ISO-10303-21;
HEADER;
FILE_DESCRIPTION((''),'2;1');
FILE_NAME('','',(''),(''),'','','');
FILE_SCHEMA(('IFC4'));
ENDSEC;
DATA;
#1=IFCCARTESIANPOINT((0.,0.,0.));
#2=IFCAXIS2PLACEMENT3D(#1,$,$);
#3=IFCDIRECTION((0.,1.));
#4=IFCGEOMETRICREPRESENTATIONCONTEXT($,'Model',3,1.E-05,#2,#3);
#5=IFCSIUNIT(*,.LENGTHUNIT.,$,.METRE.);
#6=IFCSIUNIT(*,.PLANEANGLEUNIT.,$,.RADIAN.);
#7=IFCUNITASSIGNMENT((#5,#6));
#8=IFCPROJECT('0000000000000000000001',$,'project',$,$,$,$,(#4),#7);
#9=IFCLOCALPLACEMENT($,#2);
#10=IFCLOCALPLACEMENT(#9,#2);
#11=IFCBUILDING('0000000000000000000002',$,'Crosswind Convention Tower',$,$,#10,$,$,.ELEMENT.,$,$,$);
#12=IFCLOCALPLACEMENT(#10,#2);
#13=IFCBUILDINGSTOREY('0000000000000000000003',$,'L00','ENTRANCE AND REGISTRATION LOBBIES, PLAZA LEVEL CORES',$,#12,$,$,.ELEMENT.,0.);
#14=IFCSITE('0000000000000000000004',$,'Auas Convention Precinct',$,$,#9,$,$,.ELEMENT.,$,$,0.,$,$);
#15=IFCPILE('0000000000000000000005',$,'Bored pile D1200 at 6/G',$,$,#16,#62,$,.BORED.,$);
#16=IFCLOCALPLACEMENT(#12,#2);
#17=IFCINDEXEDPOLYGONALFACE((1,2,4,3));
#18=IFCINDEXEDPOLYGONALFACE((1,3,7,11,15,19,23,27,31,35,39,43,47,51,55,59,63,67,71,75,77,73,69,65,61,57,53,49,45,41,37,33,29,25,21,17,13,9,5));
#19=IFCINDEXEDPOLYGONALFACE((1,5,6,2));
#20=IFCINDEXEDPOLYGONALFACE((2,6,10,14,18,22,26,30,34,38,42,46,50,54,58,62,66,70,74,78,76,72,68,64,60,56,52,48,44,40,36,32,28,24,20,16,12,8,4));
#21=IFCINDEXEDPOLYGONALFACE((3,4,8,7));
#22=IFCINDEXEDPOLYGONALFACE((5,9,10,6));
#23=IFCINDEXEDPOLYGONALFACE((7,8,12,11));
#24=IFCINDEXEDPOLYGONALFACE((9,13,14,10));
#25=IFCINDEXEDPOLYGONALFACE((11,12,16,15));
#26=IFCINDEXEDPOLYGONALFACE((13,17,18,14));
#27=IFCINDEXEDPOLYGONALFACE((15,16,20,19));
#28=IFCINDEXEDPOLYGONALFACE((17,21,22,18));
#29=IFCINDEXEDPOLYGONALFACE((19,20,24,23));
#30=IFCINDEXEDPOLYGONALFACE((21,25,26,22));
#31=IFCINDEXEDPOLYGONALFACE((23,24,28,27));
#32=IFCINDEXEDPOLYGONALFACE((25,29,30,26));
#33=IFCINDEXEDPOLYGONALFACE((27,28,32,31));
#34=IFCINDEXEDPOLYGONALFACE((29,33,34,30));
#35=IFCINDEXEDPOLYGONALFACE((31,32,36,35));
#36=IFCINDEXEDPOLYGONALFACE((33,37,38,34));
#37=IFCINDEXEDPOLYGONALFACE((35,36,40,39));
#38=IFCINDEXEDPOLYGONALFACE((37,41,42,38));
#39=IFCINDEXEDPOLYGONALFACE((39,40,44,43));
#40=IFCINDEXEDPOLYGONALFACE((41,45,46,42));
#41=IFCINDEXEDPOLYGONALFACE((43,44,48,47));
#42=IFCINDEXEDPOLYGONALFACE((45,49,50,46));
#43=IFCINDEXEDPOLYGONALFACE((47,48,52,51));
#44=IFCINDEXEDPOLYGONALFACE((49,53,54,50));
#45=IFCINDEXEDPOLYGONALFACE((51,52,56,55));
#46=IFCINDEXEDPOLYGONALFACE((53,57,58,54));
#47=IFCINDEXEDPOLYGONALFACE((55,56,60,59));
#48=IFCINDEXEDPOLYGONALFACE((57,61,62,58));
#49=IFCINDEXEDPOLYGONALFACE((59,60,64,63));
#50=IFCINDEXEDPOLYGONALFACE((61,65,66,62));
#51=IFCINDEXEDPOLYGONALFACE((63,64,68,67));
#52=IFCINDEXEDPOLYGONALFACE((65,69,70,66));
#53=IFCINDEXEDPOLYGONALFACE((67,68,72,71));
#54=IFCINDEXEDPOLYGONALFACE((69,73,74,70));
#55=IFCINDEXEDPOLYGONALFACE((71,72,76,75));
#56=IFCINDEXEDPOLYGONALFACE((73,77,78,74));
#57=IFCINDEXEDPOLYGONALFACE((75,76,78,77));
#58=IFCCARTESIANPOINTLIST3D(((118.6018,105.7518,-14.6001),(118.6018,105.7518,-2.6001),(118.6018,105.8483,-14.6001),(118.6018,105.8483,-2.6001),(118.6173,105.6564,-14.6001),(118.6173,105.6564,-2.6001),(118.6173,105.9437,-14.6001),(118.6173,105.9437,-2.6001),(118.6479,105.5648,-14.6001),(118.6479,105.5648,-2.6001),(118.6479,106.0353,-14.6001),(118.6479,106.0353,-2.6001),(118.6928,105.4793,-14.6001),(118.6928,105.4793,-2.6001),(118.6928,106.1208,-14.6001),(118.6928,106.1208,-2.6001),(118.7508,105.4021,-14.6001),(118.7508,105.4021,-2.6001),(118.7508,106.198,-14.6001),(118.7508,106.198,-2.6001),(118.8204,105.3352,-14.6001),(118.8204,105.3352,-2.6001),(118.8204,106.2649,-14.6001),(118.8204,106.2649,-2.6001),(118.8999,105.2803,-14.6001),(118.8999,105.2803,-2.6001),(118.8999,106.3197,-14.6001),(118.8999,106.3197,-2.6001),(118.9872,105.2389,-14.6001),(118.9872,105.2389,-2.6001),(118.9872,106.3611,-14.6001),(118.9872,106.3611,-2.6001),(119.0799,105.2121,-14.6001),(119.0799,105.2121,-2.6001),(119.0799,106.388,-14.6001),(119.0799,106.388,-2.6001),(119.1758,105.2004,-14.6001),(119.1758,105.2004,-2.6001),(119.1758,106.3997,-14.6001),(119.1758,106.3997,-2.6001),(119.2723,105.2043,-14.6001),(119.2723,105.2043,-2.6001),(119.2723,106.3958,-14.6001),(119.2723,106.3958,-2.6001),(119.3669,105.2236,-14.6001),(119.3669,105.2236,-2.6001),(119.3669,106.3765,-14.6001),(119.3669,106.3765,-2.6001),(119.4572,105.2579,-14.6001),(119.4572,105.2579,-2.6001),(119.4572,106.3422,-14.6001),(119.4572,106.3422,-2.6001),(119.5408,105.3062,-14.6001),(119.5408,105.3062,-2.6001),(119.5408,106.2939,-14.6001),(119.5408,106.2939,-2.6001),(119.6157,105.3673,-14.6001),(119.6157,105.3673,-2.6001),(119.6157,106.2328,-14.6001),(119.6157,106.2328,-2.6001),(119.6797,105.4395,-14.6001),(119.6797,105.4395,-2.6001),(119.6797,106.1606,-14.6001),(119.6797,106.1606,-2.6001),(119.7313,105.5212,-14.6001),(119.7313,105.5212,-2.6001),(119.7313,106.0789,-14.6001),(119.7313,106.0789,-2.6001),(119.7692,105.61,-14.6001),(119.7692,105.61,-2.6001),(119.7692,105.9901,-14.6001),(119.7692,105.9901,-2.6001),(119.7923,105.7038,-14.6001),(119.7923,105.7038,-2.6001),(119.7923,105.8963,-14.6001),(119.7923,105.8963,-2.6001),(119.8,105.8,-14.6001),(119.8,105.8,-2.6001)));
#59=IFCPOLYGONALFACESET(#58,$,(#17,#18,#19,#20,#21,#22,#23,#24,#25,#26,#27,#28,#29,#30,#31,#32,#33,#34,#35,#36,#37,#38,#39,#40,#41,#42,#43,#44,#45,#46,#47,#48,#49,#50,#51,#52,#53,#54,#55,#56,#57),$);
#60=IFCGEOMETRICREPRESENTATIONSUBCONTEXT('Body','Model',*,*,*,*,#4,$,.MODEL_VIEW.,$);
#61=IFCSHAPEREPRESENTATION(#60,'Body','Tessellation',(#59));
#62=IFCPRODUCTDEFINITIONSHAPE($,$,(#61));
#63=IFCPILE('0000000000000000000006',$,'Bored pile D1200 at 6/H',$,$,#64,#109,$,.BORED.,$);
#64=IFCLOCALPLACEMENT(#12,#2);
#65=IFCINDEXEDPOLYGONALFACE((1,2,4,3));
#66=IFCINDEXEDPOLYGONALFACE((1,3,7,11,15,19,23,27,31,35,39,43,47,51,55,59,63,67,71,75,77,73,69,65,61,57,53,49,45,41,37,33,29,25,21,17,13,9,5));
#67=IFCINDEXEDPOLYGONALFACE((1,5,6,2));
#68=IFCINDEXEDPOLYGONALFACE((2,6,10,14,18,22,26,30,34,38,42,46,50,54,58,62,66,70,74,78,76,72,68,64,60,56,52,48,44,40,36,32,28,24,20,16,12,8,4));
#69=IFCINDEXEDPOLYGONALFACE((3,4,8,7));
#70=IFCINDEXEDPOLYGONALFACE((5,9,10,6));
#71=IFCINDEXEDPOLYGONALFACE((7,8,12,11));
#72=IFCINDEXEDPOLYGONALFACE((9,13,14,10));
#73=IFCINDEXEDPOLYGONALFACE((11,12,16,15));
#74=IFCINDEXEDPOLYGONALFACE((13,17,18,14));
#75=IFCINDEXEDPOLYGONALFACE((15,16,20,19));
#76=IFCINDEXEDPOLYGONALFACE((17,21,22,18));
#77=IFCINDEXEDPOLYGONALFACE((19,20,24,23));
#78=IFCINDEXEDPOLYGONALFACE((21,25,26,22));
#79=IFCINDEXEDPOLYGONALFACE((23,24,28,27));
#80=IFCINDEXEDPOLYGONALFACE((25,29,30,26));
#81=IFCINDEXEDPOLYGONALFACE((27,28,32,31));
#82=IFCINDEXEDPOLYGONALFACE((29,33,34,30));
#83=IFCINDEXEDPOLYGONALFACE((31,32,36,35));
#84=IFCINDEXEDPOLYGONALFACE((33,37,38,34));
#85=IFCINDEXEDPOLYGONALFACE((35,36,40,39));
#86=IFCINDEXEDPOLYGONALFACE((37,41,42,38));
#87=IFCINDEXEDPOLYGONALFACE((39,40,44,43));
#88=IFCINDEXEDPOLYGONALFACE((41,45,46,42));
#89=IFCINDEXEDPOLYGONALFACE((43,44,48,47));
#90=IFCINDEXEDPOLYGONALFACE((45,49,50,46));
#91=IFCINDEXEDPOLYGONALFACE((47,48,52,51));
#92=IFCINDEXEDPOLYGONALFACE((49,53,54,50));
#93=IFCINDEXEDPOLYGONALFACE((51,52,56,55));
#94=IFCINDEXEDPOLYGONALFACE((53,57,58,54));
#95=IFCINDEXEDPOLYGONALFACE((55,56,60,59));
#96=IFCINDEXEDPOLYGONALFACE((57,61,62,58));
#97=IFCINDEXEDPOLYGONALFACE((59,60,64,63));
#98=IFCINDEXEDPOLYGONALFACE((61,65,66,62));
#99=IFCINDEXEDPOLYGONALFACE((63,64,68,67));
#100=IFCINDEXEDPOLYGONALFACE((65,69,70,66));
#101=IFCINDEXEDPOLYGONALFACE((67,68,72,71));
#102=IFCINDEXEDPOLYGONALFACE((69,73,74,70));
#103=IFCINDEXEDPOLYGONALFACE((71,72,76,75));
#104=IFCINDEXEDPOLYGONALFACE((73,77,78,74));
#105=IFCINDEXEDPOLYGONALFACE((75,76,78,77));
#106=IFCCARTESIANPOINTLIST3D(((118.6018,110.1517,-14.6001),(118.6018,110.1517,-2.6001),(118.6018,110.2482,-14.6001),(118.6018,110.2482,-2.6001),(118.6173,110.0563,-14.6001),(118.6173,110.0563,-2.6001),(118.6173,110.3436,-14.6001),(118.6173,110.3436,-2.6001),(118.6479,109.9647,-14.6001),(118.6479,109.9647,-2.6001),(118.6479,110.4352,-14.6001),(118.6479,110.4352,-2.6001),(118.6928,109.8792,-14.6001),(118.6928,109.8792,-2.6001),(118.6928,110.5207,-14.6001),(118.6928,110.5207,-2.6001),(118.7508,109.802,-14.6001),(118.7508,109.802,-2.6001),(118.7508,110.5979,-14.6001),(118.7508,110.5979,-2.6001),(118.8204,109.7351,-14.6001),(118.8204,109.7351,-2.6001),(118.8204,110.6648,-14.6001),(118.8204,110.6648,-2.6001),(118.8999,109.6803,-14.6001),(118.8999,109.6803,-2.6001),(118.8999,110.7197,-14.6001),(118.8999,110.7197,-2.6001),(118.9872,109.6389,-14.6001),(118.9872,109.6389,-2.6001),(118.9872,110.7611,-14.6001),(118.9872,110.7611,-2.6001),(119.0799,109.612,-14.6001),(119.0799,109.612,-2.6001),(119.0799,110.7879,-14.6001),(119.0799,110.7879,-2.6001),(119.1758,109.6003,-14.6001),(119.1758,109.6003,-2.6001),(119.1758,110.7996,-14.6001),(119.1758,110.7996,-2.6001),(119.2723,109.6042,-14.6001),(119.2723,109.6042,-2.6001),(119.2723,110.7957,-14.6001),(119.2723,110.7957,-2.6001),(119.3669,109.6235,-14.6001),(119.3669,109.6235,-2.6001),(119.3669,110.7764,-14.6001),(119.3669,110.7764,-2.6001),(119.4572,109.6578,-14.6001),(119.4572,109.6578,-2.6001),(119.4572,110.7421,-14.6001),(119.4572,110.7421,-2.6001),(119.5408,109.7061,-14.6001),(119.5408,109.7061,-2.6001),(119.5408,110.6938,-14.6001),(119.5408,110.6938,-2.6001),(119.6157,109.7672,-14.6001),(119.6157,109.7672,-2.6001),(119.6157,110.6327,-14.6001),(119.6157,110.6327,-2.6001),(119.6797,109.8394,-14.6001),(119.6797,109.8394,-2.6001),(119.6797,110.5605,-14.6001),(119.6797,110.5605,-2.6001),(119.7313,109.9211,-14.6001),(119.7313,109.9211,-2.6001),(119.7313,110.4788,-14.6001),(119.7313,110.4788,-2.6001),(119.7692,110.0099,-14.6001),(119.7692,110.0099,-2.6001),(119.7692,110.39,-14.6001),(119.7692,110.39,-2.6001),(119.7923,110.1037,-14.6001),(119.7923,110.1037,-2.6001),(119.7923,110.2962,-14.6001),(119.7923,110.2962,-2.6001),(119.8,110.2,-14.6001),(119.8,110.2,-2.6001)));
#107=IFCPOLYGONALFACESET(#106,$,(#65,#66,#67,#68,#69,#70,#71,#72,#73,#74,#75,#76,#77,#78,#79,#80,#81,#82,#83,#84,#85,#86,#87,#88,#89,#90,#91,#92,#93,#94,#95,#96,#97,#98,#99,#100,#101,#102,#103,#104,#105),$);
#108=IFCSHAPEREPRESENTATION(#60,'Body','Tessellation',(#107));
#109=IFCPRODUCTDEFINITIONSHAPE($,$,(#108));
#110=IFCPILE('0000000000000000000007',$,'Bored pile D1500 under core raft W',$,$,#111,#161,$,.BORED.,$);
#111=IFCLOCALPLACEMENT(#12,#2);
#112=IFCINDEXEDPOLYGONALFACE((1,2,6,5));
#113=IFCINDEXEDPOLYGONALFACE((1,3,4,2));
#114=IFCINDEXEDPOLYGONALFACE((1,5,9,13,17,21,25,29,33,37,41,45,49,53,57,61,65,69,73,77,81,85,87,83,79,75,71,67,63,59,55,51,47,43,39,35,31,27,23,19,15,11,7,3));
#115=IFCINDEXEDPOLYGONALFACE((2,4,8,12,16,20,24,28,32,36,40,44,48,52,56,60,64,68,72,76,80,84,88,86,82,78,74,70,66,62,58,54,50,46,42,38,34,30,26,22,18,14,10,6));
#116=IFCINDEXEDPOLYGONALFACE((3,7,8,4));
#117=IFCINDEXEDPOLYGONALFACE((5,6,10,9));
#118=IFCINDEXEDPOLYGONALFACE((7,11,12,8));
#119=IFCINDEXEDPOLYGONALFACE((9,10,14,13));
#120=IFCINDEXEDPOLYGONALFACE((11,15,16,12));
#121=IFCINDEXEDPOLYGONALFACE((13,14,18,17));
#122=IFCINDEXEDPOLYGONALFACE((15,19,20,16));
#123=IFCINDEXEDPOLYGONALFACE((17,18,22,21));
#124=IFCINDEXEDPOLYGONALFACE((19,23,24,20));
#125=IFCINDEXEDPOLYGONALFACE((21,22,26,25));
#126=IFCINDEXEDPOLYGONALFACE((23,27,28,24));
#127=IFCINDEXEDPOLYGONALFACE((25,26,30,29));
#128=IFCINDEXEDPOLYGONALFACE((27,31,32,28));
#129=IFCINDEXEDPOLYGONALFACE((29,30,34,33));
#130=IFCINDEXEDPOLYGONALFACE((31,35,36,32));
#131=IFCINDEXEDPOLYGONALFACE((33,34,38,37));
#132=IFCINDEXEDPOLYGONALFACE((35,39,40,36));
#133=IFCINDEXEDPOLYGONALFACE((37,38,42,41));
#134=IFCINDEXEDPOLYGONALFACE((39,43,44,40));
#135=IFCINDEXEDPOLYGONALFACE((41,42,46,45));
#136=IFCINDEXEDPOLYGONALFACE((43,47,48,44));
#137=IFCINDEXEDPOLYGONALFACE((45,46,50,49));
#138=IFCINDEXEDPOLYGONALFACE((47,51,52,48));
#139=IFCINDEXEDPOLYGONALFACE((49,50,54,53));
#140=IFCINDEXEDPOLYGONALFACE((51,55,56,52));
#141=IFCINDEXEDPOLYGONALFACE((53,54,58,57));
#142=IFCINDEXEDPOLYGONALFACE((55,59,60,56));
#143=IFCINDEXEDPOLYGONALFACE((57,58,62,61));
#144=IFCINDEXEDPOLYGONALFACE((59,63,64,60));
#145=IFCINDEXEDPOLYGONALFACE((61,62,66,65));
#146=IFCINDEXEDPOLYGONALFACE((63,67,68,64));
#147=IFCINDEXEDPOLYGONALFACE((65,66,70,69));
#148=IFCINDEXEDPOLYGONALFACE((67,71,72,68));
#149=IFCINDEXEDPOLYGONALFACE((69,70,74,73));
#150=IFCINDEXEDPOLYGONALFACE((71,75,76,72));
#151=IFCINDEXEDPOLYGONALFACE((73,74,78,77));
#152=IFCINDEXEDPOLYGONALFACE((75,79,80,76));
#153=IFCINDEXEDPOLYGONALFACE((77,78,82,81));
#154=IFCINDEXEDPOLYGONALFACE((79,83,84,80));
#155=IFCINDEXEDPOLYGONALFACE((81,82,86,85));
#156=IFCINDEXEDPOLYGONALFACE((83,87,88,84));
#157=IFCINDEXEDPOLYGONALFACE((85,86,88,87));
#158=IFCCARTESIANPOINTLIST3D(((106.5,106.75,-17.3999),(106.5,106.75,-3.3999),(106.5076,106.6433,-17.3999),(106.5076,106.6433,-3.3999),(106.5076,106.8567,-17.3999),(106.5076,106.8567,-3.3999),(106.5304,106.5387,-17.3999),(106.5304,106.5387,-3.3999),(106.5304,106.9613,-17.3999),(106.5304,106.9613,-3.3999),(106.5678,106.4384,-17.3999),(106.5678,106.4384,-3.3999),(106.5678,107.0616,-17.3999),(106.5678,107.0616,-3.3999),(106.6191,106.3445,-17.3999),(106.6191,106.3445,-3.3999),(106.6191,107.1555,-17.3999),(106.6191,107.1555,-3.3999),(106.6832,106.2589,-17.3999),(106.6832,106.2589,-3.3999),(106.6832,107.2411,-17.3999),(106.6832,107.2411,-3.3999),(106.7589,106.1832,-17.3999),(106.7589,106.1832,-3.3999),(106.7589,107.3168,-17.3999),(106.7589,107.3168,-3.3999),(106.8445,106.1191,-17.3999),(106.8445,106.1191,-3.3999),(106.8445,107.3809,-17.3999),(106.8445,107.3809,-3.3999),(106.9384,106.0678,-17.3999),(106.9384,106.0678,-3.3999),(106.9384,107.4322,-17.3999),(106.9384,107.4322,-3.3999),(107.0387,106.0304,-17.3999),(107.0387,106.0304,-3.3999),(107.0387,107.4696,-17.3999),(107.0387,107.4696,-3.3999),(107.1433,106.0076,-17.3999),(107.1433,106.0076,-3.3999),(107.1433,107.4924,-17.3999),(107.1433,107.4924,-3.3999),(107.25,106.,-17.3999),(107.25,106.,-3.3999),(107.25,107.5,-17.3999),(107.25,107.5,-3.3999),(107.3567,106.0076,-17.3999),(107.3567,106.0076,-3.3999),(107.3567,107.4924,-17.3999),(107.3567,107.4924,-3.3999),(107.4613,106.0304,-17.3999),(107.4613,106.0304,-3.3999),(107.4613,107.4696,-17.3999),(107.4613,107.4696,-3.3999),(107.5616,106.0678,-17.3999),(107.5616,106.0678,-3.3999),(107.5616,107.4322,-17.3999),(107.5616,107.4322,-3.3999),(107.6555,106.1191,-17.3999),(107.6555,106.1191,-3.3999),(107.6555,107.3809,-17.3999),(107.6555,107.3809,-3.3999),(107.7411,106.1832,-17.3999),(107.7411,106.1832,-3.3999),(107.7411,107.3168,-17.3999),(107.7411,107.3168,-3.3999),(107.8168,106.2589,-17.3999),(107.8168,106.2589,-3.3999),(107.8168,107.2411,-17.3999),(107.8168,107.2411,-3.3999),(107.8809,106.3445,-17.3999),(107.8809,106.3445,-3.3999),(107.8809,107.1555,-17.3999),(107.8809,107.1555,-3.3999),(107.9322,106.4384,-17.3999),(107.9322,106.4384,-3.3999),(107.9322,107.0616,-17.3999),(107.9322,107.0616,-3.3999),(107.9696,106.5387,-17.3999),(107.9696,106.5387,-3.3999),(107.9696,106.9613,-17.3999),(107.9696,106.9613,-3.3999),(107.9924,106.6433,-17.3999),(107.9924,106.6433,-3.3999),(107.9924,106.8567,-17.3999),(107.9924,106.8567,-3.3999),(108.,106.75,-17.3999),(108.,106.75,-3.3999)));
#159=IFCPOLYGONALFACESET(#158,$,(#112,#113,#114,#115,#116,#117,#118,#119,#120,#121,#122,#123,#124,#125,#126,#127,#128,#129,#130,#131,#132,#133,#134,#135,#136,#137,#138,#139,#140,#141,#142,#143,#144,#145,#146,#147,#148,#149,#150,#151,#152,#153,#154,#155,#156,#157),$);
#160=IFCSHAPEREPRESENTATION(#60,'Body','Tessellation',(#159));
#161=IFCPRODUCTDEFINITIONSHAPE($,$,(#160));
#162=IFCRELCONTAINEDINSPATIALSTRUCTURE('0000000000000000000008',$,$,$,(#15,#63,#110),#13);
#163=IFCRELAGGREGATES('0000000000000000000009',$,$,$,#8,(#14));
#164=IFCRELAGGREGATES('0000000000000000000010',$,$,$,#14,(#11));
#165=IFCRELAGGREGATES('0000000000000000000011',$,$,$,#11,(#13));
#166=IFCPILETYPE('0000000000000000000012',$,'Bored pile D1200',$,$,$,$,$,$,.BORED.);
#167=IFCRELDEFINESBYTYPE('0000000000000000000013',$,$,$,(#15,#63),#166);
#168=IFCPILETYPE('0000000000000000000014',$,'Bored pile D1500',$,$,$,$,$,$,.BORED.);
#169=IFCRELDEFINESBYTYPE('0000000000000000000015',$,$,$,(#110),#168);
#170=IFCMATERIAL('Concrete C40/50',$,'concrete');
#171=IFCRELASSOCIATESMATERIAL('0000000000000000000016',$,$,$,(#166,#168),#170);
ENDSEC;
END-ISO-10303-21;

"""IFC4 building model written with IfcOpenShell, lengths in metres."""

from ifc_helpers import new_model, si_unit, direction, frame, origin, origin_2d, place, context, subcontext, project, spatial, circle, extrude, material, material_profile, profile_set, type_object, element, save


model = new_model("IFC4")

# Units and contexts
model_context = context("Model", 3, precision=1e-05, world=origin(), true_north=direction((0.0, 1.0)))
body_context = subcontext(model_context, "Body", "Model", "MODEL_VIEW")
ifc_project = project(units=[si_unit("LENGTHUNIT", "METRE"), si_unit("PLANEANGLEUNIT", "RADIAN")], contexts=[model_context])

# Site, building, storey
site_placement = place(None, origin())
site = spatial("IfcSite", under=ifc_project, at=site_placement, Name="Auas Convention Precinct", CompositionType="ELEMENT", RefElevation=0.0)
building_placement = place(site_placement, origin())
building = spatial("IfcBuilding", under=site, at=building_placement, Name="Crosswind Convention Tower", CompositionType="ELEMENT")
storey_placement = place(building_placement, origin())
storey = spatial("IfcBuildingStorey", under=building, at=storey_placement, Name="L00", Description="ENTRANCE AND REGISTRATION LOBBIES, PLAZA LEVEL CORES", CompositionType="ELEMENT", Elevation=0.0)

# Piles
ifc_material_1 = material(Name="Concrete C40/50", Category="concrete")
ifc_material_profile_1 = material_profile(ifc_material_1, circle(Radius=0.6001, at=origin_2d()), Name="Bored pile D1200")
ifc_profile_set_1 = profile_set([ifc_material_profile_1], Name="Concrete C40/50")
pile_type_1 = type_object("IfcPileType", Name="Bored pile D1200", PredefinedType="BORED", material=ifc_profile_set_1)
for number, where, z_axis, x_axis, name in (
    (1, (119.2, 105.8, -2.6001), (0.0, 0.0, -1.0), (1.0, 0.0, 0.0), "Bored pile D1200 at 6/G"),
    (2, (119.2, 110.2, -2.6001), (0.0, 0.0, -1.0), (1.0, 0.0, 0.0), "Bored pile D1200 at 6/H"),
):
    element("IfcPile", number, at=place(storey_placement, frame(where, z_axis=z_axis, x_axis=x_axis)), inside=storey, type_object=pile_type_1, Name=name, PredefinedType="BORED", context=body_context, shape_type="SweptSolid", body=[
        extrude(circle(Radius=0.6001, at=origin_2d()), origin(), (0.0, 0.0, 1.0), 12.0),
    ])
ifc_material_profile_2 = material_profile(ifc_material_1, circle(Radius=0.75, at=origin_2d()), Name="Bored pile D1500")
ifc_profile_set_2 = profile_set([ifc_material_profile_2], Name="Concrete C40/50")
pile_type_2 = type_object("IfcPileType", Name="Bored pile D1500", PredefinedType="BORED", material=ifc_profile_set_2)
for number, where, z_axis, x_axis, name in (
    (3, (107.25, 106.75, -3.3999), (0.0, 0.0, -1.0), (1.0, 0.0, 0.0), "Bored pile D1500 under core raft W"),
):
    element("IfcPile", number, at=place(storey_placement, frame(where, z_axis=z_axis, x_axis=x_axis)), inside=storey, type_object=pile_type_2, Name=name, PredefinedType="BORED", context=body_context, shape_type="SweptSolid", body=[
        extrude(circle(Radius=0.75, at=origin_2d()), origin(), (0.0, 0.0, 1.0), 14.0),
    ])

save(model, "model.ifc")
